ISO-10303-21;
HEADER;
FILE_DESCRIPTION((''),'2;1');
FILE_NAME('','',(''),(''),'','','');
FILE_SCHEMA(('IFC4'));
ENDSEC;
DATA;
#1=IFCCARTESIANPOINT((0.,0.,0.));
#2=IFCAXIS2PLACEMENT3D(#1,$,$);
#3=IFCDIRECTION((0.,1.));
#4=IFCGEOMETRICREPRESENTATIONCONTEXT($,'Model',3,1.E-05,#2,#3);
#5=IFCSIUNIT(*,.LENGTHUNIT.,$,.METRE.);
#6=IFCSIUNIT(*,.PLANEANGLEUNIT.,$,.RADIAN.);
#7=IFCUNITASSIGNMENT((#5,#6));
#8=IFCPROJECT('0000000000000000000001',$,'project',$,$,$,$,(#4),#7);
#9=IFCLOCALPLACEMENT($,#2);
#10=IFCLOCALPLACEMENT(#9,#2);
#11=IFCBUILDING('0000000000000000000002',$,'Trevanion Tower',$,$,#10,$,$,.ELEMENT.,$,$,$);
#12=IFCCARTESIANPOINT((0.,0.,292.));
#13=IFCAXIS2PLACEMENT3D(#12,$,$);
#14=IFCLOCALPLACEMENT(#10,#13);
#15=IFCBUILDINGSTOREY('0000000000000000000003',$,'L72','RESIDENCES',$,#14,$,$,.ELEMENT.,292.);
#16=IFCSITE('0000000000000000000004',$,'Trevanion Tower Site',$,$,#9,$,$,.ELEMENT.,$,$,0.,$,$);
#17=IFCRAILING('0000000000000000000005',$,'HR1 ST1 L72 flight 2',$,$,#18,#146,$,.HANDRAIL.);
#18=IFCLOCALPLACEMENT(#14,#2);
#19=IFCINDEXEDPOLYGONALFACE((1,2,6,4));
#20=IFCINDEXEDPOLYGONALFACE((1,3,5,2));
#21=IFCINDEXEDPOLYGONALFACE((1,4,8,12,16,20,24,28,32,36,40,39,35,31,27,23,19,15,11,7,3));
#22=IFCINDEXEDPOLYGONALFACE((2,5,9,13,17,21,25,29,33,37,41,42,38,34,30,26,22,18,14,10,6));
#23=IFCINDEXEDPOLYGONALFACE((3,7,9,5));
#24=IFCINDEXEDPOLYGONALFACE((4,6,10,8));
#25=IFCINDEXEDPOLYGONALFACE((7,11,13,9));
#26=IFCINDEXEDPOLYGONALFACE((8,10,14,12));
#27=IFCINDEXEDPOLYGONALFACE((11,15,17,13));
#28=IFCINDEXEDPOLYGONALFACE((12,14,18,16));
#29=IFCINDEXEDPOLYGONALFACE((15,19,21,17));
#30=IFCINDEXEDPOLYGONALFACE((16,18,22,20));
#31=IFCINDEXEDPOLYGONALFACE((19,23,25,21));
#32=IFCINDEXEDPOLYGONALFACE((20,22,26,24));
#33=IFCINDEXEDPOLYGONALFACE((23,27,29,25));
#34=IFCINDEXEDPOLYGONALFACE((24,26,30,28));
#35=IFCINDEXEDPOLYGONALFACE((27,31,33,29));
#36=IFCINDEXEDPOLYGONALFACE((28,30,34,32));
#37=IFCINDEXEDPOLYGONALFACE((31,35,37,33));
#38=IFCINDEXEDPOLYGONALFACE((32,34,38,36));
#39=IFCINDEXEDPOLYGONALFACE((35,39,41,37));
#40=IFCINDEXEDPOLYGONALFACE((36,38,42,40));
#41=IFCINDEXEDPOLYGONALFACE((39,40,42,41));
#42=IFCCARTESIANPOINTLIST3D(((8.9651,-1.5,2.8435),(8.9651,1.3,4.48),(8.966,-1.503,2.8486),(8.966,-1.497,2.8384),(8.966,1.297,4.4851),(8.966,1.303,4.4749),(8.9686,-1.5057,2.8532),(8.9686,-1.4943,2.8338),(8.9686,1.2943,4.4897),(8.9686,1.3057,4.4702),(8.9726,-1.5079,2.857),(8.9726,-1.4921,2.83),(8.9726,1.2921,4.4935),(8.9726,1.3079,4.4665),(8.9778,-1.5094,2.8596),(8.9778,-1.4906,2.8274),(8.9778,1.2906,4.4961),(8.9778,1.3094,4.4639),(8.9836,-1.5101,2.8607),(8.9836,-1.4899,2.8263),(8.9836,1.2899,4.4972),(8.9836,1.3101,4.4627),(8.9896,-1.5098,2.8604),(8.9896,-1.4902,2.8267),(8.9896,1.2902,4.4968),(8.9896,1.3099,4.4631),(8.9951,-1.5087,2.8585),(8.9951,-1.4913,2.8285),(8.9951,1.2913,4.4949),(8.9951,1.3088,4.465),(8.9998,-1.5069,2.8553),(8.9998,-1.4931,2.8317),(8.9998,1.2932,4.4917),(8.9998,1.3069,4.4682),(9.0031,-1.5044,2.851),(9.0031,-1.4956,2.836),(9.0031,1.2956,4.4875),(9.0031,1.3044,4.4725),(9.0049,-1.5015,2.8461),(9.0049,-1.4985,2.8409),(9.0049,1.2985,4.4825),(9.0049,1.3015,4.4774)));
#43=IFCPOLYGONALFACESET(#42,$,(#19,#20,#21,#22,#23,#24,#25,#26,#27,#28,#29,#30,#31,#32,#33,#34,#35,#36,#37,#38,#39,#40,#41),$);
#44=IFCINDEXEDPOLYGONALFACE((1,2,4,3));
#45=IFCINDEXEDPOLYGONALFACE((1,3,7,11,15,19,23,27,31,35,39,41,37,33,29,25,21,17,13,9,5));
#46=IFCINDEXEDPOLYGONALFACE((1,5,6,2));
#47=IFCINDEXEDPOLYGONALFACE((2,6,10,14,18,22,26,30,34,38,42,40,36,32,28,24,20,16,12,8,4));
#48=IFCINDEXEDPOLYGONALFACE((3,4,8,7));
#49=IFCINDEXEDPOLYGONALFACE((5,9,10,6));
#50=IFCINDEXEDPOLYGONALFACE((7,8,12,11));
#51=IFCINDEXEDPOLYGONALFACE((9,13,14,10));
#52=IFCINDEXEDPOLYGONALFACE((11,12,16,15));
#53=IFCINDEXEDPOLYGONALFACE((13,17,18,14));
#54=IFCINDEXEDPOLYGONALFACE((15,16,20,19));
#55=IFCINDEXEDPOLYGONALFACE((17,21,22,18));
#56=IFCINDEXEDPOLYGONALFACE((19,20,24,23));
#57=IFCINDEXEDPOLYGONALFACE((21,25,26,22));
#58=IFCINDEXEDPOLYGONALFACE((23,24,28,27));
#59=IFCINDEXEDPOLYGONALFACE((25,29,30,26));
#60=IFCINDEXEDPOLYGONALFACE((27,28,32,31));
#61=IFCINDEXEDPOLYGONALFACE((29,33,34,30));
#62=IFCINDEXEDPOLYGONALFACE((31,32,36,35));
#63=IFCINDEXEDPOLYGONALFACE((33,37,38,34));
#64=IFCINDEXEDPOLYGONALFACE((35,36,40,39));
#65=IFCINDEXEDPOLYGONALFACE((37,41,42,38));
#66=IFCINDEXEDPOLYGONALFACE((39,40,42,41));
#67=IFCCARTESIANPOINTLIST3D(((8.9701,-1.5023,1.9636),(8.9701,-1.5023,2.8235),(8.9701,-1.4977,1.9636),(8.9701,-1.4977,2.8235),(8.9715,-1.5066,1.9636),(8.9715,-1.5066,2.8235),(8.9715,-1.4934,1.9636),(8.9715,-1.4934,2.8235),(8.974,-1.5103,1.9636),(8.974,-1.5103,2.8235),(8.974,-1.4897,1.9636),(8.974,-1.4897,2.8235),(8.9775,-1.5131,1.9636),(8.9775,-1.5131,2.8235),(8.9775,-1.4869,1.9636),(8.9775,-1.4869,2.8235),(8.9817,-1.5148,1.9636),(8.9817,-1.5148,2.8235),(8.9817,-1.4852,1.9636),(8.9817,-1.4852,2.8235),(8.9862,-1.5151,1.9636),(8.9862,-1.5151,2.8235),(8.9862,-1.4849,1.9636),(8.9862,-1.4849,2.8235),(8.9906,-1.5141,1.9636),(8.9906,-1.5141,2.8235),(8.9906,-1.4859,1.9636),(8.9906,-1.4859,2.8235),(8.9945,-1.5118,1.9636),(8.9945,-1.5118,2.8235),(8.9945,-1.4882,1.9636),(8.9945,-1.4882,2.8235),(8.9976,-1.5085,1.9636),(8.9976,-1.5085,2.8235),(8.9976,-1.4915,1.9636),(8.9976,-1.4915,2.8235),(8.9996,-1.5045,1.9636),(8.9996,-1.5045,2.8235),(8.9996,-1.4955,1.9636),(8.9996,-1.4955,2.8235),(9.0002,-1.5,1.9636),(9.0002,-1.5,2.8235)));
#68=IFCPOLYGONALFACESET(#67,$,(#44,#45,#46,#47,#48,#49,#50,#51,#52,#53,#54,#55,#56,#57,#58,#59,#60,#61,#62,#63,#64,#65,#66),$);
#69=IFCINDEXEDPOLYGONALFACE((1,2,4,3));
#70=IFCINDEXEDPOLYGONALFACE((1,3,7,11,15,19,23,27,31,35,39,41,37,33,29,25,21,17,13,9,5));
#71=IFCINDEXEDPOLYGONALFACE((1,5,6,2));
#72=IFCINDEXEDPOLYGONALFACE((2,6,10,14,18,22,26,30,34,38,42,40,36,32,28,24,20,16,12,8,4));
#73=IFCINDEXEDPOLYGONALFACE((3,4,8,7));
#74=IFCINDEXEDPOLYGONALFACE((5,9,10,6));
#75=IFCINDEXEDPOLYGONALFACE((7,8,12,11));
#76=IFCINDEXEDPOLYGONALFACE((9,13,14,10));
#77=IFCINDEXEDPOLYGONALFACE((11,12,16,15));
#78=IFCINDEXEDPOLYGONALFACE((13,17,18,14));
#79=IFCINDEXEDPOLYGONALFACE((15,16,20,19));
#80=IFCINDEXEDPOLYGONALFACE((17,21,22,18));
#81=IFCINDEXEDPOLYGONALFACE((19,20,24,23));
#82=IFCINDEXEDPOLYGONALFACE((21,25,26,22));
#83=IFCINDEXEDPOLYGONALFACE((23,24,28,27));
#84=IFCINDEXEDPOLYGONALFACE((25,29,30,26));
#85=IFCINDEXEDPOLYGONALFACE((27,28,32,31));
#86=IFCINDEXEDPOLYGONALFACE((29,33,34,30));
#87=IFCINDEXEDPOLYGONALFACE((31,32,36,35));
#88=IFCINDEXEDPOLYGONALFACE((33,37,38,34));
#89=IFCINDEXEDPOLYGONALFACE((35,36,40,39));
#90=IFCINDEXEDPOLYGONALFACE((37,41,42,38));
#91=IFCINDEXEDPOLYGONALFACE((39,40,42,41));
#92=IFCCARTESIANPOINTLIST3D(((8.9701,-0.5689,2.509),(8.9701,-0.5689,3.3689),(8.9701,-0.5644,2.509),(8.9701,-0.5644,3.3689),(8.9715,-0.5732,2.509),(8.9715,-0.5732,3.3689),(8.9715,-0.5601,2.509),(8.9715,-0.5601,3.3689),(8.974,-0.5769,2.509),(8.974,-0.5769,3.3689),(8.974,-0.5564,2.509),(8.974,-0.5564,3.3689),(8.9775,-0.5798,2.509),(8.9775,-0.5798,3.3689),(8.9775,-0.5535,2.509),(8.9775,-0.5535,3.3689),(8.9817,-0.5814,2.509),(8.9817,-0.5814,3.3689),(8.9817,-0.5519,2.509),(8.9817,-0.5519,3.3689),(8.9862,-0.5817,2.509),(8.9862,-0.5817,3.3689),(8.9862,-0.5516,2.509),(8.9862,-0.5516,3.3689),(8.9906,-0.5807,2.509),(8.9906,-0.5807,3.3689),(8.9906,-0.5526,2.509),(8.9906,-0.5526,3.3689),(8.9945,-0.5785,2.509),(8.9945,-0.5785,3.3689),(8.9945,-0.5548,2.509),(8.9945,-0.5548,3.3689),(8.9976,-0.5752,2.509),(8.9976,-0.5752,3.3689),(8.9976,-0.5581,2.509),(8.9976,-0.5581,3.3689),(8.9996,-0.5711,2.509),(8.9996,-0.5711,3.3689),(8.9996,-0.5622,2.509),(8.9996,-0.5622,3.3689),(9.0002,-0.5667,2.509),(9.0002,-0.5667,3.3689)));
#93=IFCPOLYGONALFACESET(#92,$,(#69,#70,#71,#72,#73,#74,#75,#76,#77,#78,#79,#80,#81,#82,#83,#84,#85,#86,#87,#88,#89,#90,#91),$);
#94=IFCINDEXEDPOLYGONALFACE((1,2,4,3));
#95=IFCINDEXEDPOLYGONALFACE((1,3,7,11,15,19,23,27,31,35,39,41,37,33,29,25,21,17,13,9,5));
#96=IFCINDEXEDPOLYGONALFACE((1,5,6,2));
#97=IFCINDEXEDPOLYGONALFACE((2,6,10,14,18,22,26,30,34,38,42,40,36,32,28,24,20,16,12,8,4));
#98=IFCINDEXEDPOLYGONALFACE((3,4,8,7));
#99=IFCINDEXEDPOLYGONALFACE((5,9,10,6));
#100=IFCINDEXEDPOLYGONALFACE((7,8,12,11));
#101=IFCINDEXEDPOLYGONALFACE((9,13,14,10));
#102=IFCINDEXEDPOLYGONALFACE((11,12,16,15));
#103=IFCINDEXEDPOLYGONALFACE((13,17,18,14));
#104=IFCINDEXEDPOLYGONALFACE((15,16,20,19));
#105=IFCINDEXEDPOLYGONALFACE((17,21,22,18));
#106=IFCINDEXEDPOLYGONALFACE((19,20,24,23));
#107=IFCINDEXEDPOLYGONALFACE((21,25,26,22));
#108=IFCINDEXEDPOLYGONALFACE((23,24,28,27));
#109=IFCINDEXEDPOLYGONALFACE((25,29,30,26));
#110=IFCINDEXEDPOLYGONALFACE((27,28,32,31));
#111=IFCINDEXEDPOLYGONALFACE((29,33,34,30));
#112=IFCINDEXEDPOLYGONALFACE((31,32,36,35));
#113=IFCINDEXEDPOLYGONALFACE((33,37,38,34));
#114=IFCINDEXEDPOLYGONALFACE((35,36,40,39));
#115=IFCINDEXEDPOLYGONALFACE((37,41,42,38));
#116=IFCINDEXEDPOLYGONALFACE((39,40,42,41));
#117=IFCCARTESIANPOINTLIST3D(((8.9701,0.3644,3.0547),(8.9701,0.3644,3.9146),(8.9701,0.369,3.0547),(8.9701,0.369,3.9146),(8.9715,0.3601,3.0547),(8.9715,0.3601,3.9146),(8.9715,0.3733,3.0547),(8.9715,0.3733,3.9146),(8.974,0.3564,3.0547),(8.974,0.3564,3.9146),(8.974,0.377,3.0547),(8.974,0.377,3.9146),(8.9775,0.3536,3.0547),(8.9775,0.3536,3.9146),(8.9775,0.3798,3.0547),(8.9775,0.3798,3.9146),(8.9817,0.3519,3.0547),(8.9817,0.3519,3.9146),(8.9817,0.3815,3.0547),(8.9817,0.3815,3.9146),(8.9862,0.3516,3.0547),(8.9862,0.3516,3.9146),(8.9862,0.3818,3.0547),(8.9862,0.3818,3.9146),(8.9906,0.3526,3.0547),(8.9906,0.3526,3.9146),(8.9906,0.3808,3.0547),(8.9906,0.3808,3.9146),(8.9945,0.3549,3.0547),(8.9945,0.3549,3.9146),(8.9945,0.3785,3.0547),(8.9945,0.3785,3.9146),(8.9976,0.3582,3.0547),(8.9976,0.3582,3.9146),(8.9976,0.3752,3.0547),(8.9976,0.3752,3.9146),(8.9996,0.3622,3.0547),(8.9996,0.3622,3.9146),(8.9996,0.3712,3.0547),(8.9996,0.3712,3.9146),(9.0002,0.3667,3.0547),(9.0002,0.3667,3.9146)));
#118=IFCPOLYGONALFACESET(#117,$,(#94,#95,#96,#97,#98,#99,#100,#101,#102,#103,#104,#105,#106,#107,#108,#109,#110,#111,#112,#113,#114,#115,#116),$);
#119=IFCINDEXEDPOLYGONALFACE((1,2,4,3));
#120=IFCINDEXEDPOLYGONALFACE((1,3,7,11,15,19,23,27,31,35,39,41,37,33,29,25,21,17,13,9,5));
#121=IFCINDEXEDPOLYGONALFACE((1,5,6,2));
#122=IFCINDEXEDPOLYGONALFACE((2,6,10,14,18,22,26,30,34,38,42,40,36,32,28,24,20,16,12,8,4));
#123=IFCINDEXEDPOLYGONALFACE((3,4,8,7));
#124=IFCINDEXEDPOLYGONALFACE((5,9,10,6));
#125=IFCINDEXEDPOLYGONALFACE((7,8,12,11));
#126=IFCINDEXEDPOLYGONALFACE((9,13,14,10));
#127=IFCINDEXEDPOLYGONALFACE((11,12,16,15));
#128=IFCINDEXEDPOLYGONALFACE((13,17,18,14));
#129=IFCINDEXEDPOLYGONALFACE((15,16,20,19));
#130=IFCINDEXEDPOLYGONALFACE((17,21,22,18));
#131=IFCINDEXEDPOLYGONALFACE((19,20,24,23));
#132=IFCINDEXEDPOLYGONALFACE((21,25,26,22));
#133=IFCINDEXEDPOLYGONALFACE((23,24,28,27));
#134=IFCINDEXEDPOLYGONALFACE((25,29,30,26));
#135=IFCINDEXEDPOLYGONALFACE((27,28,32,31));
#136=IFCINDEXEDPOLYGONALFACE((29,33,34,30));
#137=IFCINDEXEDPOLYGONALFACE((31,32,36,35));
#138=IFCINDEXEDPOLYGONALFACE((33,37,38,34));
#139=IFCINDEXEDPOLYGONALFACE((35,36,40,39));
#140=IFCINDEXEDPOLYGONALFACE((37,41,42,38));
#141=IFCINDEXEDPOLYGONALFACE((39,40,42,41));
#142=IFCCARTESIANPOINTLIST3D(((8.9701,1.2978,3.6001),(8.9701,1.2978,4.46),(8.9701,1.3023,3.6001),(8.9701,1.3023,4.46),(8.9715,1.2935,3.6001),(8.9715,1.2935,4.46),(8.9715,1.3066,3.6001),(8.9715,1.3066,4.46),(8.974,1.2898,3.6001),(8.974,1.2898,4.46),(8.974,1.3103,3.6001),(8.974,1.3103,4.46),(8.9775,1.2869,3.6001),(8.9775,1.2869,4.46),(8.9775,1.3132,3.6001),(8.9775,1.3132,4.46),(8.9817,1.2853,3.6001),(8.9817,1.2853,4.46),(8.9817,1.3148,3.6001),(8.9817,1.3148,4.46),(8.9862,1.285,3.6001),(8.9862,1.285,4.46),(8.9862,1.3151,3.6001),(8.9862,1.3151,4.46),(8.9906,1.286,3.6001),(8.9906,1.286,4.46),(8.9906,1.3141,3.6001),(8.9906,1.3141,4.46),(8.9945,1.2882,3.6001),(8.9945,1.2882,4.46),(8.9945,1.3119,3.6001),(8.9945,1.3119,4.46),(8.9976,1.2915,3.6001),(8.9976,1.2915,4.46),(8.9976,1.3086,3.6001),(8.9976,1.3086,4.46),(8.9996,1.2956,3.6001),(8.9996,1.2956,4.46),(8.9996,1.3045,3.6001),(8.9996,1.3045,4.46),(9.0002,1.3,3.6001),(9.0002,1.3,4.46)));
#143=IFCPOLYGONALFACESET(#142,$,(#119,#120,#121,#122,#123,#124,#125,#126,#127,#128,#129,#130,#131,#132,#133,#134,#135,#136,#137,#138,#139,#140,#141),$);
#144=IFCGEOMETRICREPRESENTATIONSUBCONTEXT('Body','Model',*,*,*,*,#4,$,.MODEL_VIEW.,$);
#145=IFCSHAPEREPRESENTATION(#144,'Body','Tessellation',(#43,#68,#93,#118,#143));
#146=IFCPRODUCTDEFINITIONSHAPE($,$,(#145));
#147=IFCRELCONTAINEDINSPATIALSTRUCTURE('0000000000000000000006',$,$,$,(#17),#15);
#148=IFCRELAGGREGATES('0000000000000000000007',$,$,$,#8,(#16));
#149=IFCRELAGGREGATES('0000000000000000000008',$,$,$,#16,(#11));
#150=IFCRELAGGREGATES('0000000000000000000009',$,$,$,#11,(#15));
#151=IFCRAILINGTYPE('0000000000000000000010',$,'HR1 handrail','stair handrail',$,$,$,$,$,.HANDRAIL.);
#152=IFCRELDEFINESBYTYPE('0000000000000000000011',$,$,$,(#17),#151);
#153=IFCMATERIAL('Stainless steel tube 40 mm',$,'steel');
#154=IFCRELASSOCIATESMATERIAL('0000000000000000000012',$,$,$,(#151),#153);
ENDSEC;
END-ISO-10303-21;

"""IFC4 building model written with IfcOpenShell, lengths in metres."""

from ifc_helpers import new_model, si_unit, direction, frame, origin, origin_2d, place, context, subcontext, project, spatial, circle, extrude, material, type_object, element, save


model = new_model("IFC4")

# Units and contexts
model_context = context("Model", 3, precision=1e-05, world=origin(), true_north=direction((0.0, 1.0)))
body_context = subcontext(model_context, "Body", "Model", "MODEL_VIEW")
ifc_project = project(units=[si_unit("LENGTHUNIT", "METRE"), si_unit("PLANEANGLEUNIT", "RADIAN")], contexts=[model_context])

# Site, building, storey
site_placement = place(None, origin())
site = spatial("IfcSite", under=ifc_project, at=site_placement, Name="Trevanion Tower Site", CompositionType="ELEMENT", RefElevation=0.0)
building_placement = place(site_placement, origin())
building = spatial("IfcBuilding", under=site, at=building_placement, Name="Trevanion Tower", CompositionType="ELEMENT")
storey_placement = place(building_placement, frame((0.0, 0.0, 292.0)))
storey = spatial("IfcBuildingStorey", under=building, at=storey_placement, Name="L72", Description="RESIDENCES", CompositionType="ELEMENT", Elevation=292.0)

# Railing
ifc_material_1 = material(Name="Stainless steel tube 40 mm", Category="steel")
railing_type = type_object("IfcRailingType", Name="HR1 handrail", Description="stair handrail", PredefinedType="HANDRAIL", material=ifc_material_1)
for number, where, name in (
    (1, (8.9851, -1.5, 1.9636), "HR1 ST1 L72 flight 2"),
):
    element("IfcRailing", number, at=place(storey_placement, frame(where)), inside=storey, type_object=railing_type, Name=name, PredefinedType="HANDRAIL", context=body_context, shape_type="SweptSolid", body=[
        extrude(circle(Radius=0.02, at=origin_2d()), frame((0.0, 0.0, 0.8799), z_axis=(0.0, 0.863361, 0.504587), x_axis=(-1.0, 0.0, 0.0)), (0.0, 0.0, 1.0), 3.2432),
        extrude(circle(Radius=0.0151, at=origin_2d()), origin(), (0.0, 0.0, 1.0), 0.8599),
        extrude(circle(Radius=0.0151, at=origin_2d()), frame((0.0, 0.9333, 0.5454)), (0.0, 0.0, 1.0), 0.8599),
        extrude(circle(Radius=0.0151, at=origin_2d()), frame((0.0, 1.8667, 1.0911)), (0.0, 0.0, 1.0), 0.8599),
        extrude(circle(Radius=0.0151, at=origin_2d()), frame((0.0, 2.8, 1.6365)), (0.0, 0.0, 1.0), 0.8599),
    ])

save(model, "model.ifc")
